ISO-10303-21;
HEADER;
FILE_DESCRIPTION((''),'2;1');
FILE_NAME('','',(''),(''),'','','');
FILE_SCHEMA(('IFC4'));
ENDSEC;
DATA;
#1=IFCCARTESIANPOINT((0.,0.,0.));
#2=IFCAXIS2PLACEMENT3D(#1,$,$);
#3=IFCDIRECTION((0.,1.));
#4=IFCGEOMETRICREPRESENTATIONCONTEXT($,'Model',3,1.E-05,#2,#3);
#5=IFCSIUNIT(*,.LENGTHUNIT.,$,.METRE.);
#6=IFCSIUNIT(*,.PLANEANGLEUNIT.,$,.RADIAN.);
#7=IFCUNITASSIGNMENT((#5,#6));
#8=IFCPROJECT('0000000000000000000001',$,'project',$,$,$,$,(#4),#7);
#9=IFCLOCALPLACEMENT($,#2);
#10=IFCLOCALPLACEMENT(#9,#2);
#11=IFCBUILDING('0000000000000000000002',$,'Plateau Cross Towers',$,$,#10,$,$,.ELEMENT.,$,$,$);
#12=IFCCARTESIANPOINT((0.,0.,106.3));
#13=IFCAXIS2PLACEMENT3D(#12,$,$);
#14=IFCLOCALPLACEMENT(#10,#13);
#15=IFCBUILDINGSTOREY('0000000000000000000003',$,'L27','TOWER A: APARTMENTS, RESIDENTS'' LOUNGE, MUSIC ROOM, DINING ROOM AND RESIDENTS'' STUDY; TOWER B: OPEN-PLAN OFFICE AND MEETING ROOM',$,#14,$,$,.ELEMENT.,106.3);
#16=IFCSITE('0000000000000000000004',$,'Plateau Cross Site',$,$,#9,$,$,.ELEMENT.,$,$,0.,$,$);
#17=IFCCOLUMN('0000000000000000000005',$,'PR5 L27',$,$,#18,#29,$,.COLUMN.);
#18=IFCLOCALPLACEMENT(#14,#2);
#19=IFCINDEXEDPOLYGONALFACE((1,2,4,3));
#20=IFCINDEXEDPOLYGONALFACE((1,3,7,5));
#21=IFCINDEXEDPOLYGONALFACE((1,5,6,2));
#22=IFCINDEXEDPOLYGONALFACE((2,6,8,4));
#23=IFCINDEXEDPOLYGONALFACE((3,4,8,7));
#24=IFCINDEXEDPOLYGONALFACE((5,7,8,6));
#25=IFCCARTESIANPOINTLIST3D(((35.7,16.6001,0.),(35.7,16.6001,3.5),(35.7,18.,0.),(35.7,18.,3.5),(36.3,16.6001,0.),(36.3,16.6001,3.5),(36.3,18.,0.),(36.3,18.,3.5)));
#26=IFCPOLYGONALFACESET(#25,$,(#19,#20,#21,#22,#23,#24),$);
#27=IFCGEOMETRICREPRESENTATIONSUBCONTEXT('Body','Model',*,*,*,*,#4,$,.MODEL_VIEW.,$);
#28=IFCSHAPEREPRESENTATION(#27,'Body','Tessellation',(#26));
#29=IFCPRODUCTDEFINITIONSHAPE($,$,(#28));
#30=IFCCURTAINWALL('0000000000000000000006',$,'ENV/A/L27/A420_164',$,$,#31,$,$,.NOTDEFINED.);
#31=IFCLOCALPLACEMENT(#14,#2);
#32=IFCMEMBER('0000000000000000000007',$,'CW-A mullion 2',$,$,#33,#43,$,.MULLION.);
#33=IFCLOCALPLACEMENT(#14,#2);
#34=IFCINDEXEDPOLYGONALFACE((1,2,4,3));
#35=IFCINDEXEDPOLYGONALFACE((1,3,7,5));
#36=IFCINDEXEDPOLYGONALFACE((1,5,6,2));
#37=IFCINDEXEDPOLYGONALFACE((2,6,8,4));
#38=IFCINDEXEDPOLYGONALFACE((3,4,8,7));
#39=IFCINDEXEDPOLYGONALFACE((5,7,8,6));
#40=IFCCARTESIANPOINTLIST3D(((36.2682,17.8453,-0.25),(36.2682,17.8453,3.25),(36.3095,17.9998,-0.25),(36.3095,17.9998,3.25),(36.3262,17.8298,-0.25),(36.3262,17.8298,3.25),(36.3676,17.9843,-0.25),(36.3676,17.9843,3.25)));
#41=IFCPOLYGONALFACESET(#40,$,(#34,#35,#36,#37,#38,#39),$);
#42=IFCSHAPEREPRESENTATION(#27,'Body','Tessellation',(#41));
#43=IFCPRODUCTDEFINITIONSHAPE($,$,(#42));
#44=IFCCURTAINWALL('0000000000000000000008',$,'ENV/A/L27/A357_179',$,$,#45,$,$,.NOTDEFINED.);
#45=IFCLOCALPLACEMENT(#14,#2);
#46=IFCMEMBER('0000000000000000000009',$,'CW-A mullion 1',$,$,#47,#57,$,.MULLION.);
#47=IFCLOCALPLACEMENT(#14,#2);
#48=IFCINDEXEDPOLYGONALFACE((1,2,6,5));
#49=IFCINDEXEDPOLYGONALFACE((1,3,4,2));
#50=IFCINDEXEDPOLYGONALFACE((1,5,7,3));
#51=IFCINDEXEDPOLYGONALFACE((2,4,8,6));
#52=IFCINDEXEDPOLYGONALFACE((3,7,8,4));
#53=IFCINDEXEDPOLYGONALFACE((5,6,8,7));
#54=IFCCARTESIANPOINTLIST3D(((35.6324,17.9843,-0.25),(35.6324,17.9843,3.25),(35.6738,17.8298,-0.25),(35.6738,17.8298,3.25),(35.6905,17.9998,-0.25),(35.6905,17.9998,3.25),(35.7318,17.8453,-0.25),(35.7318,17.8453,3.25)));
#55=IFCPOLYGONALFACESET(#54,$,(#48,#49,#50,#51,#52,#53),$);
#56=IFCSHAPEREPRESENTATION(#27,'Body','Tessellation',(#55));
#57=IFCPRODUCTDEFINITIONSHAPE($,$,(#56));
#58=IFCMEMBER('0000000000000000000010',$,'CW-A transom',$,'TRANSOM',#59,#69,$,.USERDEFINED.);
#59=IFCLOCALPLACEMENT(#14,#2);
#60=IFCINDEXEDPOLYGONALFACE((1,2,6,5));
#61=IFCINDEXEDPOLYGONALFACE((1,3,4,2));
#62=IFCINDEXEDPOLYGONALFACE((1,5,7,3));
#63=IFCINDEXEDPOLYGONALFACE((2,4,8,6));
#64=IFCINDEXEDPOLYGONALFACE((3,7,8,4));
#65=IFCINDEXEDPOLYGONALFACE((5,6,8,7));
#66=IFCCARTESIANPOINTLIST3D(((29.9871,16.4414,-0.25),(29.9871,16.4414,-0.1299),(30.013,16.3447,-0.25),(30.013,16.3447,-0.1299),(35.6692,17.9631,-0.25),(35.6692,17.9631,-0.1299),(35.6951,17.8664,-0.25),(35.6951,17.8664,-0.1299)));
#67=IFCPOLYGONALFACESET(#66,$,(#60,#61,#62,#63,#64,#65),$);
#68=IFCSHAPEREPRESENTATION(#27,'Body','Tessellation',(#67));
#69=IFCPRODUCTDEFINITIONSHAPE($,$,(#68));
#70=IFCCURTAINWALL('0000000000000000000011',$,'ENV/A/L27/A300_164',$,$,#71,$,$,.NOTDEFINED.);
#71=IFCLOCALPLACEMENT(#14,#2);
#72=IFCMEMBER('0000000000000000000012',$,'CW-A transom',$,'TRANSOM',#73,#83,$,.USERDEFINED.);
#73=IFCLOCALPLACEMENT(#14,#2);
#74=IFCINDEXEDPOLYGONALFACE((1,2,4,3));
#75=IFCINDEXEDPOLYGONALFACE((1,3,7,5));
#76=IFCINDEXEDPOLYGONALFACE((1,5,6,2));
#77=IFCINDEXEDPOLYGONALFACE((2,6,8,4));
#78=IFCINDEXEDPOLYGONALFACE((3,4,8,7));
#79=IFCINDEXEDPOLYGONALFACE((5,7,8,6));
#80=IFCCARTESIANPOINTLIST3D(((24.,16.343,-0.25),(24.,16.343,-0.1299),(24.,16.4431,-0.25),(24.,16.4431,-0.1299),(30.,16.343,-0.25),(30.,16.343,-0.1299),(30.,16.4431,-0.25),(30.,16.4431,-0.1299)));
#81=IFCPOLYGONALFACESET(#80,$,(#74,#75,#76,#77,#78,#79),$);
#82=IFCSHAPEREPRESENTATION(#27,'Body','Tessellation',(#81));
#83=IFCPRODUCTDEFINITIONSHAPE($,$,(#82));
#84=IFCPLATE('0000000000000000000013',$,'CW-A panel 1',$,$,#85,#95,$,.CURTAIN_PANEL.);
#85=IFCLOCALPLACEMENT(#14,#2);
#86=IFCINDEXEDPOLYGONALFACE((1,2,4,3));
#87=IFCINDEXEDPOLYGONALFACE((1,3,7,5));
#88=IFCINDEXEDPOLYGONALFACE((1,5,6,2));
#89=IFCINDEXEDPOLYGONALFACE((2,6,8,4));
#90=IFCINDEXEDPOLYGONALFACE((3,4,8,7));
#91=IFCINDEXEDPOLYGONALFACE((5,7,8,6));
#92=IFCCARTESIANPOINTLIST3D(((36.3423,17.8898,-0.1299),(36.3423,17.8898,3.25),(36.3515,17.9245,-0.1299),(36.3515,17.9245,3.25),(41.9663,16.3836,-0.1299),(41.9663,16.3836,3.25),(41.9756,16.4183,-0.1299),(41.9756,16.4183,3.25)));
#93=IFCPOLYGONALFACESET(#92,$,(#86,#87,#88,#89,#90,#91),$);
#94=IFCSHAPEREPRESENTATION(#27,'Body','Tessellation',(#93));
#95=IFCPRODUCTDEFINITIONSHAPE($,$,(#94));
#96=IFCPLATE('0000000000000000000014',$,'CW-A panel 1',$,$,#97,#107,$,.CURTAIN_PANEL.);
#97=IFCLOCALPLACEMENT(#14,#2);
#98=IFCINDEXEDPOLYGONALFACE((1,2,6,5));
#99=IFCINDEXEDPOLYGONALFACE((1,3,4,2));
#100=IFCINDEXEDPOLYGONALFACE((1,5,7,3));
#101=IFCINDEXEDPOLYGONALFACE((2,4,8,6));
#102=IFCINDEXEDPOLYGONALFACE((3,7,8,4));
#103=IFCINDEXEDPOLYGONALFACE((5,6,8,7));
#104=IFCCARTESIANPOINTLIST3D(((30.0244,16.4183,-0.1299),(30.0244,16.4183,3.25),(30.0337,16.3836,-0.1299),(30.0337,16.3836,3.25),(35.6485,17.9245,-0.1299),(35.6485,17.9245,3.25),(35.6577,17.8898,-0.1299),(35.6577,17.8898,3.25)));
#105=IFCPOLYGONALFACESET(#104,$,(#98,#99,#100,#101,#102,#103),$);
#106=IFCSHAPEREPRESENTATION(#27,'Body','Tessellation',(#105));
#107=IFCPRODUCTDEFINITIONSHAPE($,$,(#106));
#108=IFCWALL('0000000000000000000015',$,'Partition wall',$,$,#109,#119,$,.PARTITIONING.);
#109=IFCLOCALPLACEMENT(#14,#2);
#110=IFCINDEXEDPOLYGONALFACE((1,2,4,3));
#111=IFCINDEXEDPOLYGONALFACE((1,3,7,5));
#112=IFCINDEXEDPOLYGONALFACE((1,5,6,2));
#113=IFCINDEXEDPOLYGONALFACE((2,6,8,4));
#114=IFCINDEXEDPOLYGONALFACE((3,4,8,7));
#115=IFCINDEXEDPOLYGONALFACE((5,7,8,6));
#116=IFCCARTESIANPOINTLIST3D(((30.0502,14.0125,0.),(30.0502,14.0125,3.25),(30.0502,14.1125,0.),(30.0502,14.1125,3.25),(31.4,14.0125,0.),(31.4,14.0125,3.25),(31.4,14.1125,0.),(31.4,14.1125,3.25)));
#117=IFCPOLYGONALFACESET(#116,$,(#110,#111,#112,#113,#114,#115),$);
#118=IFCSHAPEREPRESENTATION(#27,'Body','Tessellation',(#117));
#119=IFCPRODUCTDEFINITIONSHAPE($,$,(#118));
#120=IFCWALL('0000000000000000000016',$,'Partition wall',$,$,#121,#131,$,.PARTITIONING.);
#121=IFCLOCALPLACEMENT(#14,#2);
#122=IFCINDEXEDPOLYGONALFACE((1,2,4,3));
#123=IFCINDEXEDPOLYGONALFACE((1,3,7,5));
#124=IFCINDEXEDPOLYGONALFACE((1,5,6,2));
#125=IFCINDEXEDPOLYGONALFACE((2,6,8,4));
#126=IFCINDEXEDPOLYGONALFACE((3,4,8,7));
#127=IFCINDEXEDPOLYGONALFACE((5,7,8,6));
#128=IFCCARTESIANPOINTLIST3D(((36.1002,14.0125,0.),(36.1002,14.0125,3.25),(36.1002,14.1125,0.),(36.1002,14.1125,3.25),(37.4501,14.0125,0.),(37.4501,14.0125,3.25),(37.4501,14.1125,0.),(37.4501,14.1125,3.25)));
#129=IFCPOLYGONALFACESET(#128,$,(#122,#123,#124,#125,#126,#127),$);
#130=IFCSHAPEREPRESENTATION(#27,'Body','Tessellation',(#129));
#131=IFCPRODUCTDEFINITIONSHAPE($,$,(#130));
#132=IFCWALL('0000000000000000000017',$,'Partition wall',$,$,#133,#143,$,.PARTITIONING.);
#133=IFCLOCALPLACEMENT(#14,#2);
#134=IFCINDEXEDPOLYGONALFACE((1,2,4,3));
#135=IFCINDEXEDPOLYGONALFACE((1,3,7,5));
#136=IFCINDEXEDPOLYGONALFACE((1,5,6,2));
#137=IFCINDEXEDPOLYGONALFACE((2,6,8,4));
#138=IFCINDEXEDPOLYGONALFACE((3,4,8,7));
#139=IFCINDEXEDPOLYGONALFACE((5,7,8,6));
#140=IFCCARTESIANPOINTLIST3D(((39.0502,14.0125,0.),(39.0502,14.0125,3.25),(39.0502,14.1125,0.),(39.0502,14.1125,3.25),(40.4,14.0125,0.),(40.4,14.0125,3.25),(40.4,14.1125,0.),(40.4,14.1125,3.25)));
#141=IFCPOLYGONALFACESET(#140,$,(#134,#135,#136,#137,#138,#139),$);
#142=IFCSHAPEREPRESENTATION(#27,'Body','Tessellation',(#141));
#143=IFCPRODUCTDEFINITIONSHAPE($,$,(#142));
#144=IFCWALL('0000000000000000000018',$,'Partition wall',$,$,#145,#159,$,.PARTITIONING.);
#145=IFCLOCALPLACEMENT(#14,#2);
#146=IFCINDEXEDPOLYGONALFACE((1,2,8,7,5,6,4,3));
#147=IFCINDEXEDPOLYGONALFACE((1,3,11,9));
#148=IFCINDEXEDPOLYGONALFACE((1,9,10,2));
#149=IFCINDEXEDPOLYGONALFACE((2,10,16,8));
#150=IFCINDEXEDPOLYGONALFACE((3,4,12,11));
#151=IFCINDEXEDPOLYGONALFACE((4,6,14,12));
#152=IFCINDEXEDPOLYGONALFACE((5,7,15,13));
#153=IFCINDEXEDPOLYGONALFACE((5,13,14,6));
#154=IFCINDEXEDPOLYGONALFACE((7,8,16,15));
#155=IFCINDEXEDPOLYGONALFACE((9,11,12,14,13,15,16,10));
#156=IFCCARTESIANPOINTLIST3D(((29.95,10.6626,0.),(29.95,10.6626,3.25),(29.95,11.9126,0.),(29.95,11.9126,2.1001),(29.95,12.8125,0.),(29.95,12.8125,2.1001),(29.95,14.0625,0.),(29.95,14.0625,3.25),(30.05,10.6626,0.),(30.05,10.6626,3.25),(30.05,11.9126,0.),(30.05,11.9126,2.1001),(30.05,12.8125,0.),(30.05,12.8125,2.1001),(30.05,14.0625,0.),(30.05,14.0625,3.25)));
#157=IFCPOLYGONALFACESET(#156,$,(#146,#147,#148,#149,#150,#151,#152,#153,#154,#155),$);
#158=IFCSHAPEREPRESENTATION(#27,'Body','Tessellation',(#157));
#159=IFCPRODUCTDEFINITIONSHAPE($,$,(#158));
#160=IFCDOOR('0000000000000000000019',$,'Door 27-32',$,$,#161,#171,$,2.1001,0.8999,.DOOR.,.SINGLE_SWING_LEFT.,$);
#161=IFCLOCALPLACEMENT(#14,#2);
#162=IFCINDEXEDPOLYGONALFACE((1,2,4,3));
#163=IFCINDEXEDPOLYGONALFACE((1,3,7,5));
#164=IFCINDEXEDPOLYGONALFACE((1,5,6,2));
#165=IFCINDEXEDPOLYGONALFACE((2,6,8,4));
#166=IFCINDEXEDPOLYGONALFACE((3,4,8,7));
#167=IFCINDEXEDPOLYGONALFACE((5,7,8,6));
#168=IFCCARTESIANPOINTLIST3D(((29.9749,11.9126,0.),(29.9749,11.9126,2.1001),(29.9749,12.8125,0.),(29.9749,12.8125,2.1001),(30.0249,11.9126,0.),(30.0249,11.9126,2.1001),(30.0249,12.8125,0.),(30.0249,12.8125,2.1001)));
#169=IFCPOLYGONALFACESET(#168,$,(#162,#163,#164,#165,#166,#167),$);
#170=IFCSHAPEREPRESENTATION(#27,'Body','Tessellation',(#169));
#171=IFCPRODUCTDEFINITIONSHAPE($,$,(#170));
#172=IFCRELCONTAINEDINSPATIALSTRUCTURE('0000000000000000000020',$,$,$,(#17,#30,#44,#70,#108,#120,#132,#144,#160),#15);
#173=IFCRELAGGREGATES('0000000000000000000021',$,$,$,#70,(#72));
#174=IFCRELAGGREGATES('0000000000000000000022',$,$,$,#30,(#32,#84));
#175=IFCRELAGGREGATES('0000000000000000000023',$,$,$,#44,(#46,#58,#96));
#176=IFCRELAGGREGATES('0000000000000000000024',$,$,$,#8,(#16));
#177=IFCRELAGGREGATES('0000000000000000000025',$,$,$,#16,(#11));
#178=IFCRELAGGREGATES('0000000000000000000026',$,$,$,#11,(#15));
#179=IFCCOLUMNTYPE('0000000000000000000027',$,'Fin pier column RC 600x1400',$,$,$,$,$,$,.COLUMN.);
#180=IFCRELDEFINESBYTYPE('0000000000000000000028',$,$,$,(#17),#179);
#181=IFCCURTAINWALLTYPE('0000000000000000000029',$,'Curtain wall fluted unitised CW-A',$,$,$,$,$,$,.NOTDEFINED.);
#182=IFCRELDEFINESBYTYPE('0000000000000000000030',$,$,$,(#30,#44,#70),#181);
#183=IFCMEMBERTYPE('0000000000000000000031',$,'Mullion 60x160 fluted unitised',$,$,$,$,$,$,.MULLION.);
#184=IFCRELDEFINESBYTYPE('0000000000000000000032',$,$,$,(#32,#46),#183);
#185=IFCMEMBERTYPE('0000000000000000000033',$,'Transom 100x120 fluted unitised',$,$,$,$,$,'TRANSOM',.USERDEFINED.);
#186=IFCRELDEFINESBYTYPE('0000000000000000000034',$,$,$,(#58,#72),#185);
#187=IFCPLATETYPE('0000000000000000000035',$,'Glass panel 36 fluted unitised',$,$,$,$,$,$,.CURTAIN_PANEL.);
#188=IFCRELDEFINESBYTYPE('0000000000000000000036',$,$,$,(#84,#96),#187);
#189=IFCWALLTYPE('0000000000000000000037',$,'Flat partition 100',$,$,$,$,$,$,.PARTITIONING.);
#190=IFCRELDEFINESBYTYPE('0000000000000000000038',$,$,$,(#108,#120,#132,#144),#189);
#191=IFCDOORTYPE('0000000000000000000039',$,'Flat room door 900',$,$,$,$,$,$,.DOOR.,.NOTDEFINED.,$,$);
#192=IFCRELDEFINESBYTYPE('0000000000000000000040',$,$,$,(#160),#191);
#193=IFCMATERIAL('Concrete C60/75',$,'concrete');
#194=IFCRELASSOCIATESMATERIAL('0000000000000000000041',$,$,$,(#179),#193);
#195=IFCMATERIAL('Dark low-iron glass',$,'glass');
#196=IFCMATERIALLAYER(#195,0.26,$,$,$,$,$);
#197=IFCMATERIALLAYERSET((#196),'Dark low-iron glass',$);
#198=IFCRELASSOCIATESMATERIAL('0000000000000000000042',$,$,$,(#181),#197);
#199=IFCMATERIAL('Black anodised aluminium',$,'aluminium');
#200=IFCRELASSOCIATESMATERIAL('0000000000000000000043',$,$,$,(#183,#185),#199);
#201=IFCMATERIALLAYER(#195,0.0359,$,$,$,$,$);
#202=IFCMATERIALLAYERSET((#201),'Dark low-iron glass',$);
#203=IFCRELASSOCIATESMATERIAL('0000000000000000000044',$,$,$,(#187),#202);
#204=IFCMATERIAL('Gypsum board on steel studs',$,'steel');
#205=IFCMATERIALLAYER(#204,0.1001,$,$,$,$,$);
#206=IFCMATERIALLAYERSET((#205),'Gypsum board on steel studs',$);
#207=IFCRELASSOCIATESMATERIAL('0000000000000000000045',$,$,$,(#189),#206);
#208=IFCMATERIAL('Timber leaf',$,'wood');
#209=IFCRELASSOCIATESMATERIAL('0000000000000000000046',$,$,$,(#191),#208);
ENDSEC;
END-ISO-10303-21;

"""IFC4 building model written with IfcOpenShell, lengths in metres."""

from ifc_helpers import new_model, si_unit, direction, frame, frame_2d, origin, origin_2d, place, context, subcontext, project, spatial, rectangle, extrude, material, layer, layer_set, material_profile, profile_set, type_object, element, fill, aggregate, save


model = new_model("IFC4")

# Units and contexts
model_context = context("Model", 3, precision=1e-05, world=origin(), true_north=direction((0.0, 1.0)))
body_context = subcontext(model_context, "Body", "Model", "MODEL_VIEW")
ifc_project = project(units=[si_unit("LENGTHUNIT", "METRE"), si_unit("PLANEANGLEUNIT", "RADIAN")], contexts=[model_context])

# Site, building, storey
site_placement = place(None, origin())
site = spatial("IfcSite", under=ifc_project, at=site_placement, Name="Plateau Cross Site", CompositionType="ELEMENT", RefElevation=0.0)
building_placement = place(site_placement, origin())
building = spatial("IfcBuilding", under=site, at=building_placement, Name="Plateau Cross Towers", CompositionType="ELEMENT")
storey_placement = place(building_placement, frame((0.0, 0.0, 106.3)))
storey = spatial("IfcBuildingStorey", under=building, at=storey_placement, Name="L27", Description="TOWER A: APARTMENTS, RESIDENTS' LOUNGE, MUSIC ROOM, DINING ROOM AND RESIDENTS' STUDY; TOWER B: OPEN-PLAN OFFICE AND MEETING ROOM", CompositionType="ELEMENT", Elevation=106.3)

# Column
ifc_material_1 = material(Name="Concrete C60/75", Category="concrete")
ifc_material_profile_1 = material_profile(ifc_material_1, rectangle(XDim=0.6001, YDim=1.3999, at=origin_2d()), Name="RC 600x1400")
ifc_profile_set_1 = profile_set([ifc_material_profile_1], Name="Concrete C60/75")
column_type = type_object("IfcColumnType", Name="Fin pier column RC 600x1400", PredefinedType="COLUMN", material=ifc_profile_set_1)
column_placement = place(storey_placement, frame((36.0, 17.3, 0.0), z_axis=(0.0, 0.0, 1.0), x_axis=(1.0, 0.0, 0.0)))
element("IfcColumn", 1, at=column_placement, inside=storey, type_object=column_type, Name="PR5 L27", PredefinedType="COLUMN", context=body_context, shape_type="SweptSolid", body=[
    extrude(rectangle(XDim=0.6001, YDim=1.3999, at=origin_2d()), origin(), (0.0, 0.0, 1.0), 3.5),
])

# Curtain wall, member
ifc_material_2 = material(Name="Dark low-iron glass", Category="glass")
ifc_layer_1 = layer(ifc_material_2, 0.26)
ifc_layer_set_1 = layer_set([ifc_layer_1], Name="Dark low-iron glass")
curtain_wall_type = type_object("IfcCurtainWallType", Name="Curtain wall fluted unitised CW-A", PredefinedType="NOTDEFINED", material=ifc_layer_set_1)
curtain_wall_1_placement = place(storey_placement, origin())
curtain_wall_1 = element("IfcCurtainWall", 2, at=curtain_wall_1_placement, inside=storey, type_object=curtain_wall_type, Name="ENV/A/L27/A420_164", PredefinedType="NOTDEFINED")
ifc_material_3 = material(Name="Black anodised aluminium", Category="aluminium")
ifc_material_profile_2 = material_profile(ifc_material_3, rectangle(XDim=0.0601, YDim=0.1599, at=origin_2d()), Name="MULLION 60x160")
ifc_profile_set_2 = profile_set([ifc_material_profile_2], Name="Black anodised aluminium")
member_type_1 = type_object("IfcMemberType", Name="Mullion 60x160 fluted unitised", PredefinedType="MULLION", material=ifc_profile_set_2)
member_1_placement = place(storey_placement, frame((36.3179, 17.9148, -0.25), z_axis=(0.0, 0.0, 1.0), x_axis=(-0.965958, 0.258699, 0.0)))
member_1 = element("IfcMember", 3, at=member_1_placement, type_object=member_type_1, Name="CW-A mullion 2", PredefinedType="MULLION", context=body_context, shape_type="SweptSolid", body=[
    extrude(rectangle(XDim=0.0601, YDim=0.1599, at=origin_2d()), origin(), (0.0, 0.0, 1.0), 3.5),
])

# Curtain wall, members
curtain_wall_2_placement = place(storey_placement, origin())
curtain_wall_2 = element("IfcCurtainWall", 4, at=curtain_wall_2_placement, inside=storey, type_object=curtain_wall_type, Name="ENV/A/L27/A357_179", PredefinedType="NOTDEFINED")
member_2_placement = place(storey_placement, frame((35.6821, 17.9148, -0.25), z_axis=(0.0, 0.0, 1.0), x_axis=(-0.965958, -0.258699, 0.0)))
member_2 = element("IfcMember", 5, at=member_2_placement, type_object=member_type_1, Name="CW-A mullion 1", PredefinedType="MULLION", context=body_context, shape_type="SweptSolid", body=[
    extrude(rectangle(XDim=0.0601, YDim=0.1599, at=origin_2d()), origin(), (0.0, 0.0, 1.0), 3.5),
])
ifc_material_profile_3 = material_profile(ifc_material_3, rectangle(XDim=0.1001, YDim=0.1201, at=origin_2d()), Name="TRANSOM 100x120")
ifc_profile_set_3 = profile_set([ifc_material_profile_3], Name="Black anodised aluminium")
member_type_2 = type_object("IfcMemberType", Name="Transom 100x120 fluted unitised", ElementType="TRANSOM", PredefinedType="USERDEFINED", material=ifc_profile_set_3)
member_3_placement = place(storey_placement, frame((35.6821, 17.9148, -0.1899), z_axis=(-0.96596, -0.258693, 0.0), x_axis=(0.258693, -0.96596, 0.0)))
member_3 = element("IfcMember", 6, at=member_3_placement, type_object=member_type_2, Name="CW-A transom", ObjectType="TRANSOM", PredefinedType="USERDEFINED", context=body_context, shape_type="SweptSolid", body=[
    extrude(rectangle(XDim=0.1001, YDim=0.1201, at=origin_2d()), origin(), (0.0, 0.0, 1.0), 5.8823),
])

# Curtain wall, member
curtain_wall_3_placement = place(storey_placement, origin())
curtain_wall_3 = element("IfcCurtainWall", 7, at=curtain_wall_3_placement, inside=storey, type_object=curtain_wall_type, Name="ENV/A/L27/A300_164", PredefinedType="NOTDEFINED")
member_4_placement = place(storey_placement, frame((30.0, 16.3931, -0.1899), z_axis=(-1.0, 0.0, 0.0), x_axis=(0.0, -1.0, 0.0)))
member_4 = element("IfcMember", 8, at=member_4_placement, type_object=member_type_2, Name="CW-A transom", ObjectType="TRANSOM", PredefinedType="USERDEFINED", context=body_context, shape_type="SweptSolid", body=[
    extrude(rectangle(XDim=0.1001, YDim=0.1201, at=origin_2d()), origin(), (0.0, 0.0, 1.0), 6.0),
])
aggregate(curtain_wall_3, [member_4])

# Plates
ifc_layer_2 = layer(ifc_material_2, 0.0359)
ifc_layer_set_2 = layer_set([ifc_layer_2], Name="Dark low-iron glass")
plate_type = type_object("IfcPlateType", Name="Glass panel 36 fluted unitised", PredefinedType="CURTAIN_PANEL", material=ifc_layer_set_2)
plate_1_placement = place(storey_placement, frame((39.1589, 17.1541, -0.1299), z_axis=(0.0, 0.0, 1.0), x_axis=(-0.965958, 0.258699, 0.0)))
plate_1 = element("IfcPlate", 9, at=plate_1_placement, type_object=plate_type, Name="CW-A panel 1", PredefinedType="CURTAIN_PANEL", context=body_context, shape_type="SweptSolid", body=[
    extrude(rectangle(XDim=5.8223, YDim=0.0359, at=origin_2d()), origin(), (0.0, 0.0, 1.0), 3.3799),
])
aggregate(curtain_wall_1, [member_1, plate_1])
plate_2_placement = place(storey_placement, frame((32.8411, 17.1541, -0.1299), z_axis=(0.0, 0.0, 1.0), x_axis=(-0.965958, -0.258699, 0.0)))
plate_2 = element("IfcPlate", 10, at=plate_2_placement, type_object=plate_type, Name="CW-A panel 1", PredefinedType="CURTAIN_PANEL", context=body_context, shape_type="SweptSolid", body=[
    extrude(rectangle(XDim=5.8223, YDim=0.0359, at=origin_2d()), origin(), (0.0, 0.0, 1.0), 3.3799),
])
aggregate(curtain_wall_2, [member_2, member_3, plate_2])

# Walls
ifc_material_4 = material(Name="Gypsum board on steel studs", Category="steel")
ifc_layer_3 = layer(ifc_material_4, 0.1001)
ifc_layer_set_3 = layer_set([ifc_layer_3], Name="Gypsum board on steel studs")
wall_type_1 = type_object("IfcWallType", Name="Flat partition 100", PredefinedType="PARTITIONING", material=ifc_layer_set_3)
for number, where, z_axis, x_axis, name in (
    (11, (31.3999, 14.0625, 0.0), (0.0, 0.0, 1.0), (-1.0, 0.0, 0.0), "Partition wall"),
    (12, (37.45, 14.0625, 0.0), (0.0, 0.0, 1.0), (-1.0, 0.0, 0.0), "Partition wall"),
    (13, (40.3999, 14.0625, 0.0), (0.0, 0.0, 1.0), (-1.0, 0.0, 0.0), "Partition wall"),
):
    element("IfcWall", number, at=place(storey_placement, frame(where, z_axis=z_axis, x_axis=x_axis)), inside=storey, type_object=wall_type_1, Name=name, PredefinedType="PARTITIONING", context=body_context, shape_type="SweptSolid", body=[
        extrude(rectangle(XDim=1.3499, YDim=0.1001, at=frame_2d((0.6748, 0.0))), origin(), (0.0, 0.0, 1.0), 3.25),
    ])

# Wall, opening, door
wall_1_placement = place(storey_placement, frame((30.0, 14.0625, 0.0), z_axis=(0.0, 0.0, 1.0), x_axis=(0.0, -1.0, 0.0)))
wall_1 = element("IfcWall", 14, at=wall_1_placement, inside=storey, type_object=wall_type_1, Name="Partition wall", PredefinedType="PARTITIONING", context=body_context, shape_type="SweptSolid", body=[
    extrude(rectangle(XDim=3.3999, YDim=0.1001, at=frame_2d((1.7, 0.0))), origin(), (0.0, 0.0, 1.0), 3.25),
])
opening_1_placement = place(wall_1_placement, frame((1.25, 0.0, 0.0)))
opening_1 = element("IfcOpeningElement", 15, at=opening_1_placement, cuts=wall_1, PredefinedType="OPENING", context=body_context, shape_type="SweptSolid", body=[
    extrude(rectangle(XDim=0.8999, YDim=2.1001, at=frame_2d((0.45, 1.05))), frame((0.0, 0.0601, 0.0), z_axis=(0.0, -1.0, 0.0), x_axis=(1.0, 0.0, 0.0)), (0.0, 0.0, 1.0), 0.1201),
])
ifc_material_5 = material(Name="Timber leaf", Category="wood")
door_type = type_object("IfcDoorType", Name="Flat room door 900", OperationType="NOTDEFINED", PredefinedType="DOOR", material=ifc_material_5)
door_1_placement = place(opening_1_placement, origin())
door_1 = element("IfcDoor", 16, at=door_1_placement, inside=storey, type_object=door_type, Name="Door 27-32", OperationType="SINGLE_SWING_LEFT", OverallHeight=2.1001, OverallWidth=0.8999, PredefinedType="DOOR", context=body_context, shape_type="SweptSolid", body=[
    extrude(rectangle(XDim=0.8999, YDim=2.1001, at=frame_2d((0.45, 1.05))), frame((0.0, 0.0249, 0.0), z_axis=(0.0, -1.0, 0.0), x_axis=(1.0, 0.0, 0.0)), (0.0, 0.0, 1.0), 0.05),
])
fill(opening_1, door_1)

save(model, "model.ifc")
